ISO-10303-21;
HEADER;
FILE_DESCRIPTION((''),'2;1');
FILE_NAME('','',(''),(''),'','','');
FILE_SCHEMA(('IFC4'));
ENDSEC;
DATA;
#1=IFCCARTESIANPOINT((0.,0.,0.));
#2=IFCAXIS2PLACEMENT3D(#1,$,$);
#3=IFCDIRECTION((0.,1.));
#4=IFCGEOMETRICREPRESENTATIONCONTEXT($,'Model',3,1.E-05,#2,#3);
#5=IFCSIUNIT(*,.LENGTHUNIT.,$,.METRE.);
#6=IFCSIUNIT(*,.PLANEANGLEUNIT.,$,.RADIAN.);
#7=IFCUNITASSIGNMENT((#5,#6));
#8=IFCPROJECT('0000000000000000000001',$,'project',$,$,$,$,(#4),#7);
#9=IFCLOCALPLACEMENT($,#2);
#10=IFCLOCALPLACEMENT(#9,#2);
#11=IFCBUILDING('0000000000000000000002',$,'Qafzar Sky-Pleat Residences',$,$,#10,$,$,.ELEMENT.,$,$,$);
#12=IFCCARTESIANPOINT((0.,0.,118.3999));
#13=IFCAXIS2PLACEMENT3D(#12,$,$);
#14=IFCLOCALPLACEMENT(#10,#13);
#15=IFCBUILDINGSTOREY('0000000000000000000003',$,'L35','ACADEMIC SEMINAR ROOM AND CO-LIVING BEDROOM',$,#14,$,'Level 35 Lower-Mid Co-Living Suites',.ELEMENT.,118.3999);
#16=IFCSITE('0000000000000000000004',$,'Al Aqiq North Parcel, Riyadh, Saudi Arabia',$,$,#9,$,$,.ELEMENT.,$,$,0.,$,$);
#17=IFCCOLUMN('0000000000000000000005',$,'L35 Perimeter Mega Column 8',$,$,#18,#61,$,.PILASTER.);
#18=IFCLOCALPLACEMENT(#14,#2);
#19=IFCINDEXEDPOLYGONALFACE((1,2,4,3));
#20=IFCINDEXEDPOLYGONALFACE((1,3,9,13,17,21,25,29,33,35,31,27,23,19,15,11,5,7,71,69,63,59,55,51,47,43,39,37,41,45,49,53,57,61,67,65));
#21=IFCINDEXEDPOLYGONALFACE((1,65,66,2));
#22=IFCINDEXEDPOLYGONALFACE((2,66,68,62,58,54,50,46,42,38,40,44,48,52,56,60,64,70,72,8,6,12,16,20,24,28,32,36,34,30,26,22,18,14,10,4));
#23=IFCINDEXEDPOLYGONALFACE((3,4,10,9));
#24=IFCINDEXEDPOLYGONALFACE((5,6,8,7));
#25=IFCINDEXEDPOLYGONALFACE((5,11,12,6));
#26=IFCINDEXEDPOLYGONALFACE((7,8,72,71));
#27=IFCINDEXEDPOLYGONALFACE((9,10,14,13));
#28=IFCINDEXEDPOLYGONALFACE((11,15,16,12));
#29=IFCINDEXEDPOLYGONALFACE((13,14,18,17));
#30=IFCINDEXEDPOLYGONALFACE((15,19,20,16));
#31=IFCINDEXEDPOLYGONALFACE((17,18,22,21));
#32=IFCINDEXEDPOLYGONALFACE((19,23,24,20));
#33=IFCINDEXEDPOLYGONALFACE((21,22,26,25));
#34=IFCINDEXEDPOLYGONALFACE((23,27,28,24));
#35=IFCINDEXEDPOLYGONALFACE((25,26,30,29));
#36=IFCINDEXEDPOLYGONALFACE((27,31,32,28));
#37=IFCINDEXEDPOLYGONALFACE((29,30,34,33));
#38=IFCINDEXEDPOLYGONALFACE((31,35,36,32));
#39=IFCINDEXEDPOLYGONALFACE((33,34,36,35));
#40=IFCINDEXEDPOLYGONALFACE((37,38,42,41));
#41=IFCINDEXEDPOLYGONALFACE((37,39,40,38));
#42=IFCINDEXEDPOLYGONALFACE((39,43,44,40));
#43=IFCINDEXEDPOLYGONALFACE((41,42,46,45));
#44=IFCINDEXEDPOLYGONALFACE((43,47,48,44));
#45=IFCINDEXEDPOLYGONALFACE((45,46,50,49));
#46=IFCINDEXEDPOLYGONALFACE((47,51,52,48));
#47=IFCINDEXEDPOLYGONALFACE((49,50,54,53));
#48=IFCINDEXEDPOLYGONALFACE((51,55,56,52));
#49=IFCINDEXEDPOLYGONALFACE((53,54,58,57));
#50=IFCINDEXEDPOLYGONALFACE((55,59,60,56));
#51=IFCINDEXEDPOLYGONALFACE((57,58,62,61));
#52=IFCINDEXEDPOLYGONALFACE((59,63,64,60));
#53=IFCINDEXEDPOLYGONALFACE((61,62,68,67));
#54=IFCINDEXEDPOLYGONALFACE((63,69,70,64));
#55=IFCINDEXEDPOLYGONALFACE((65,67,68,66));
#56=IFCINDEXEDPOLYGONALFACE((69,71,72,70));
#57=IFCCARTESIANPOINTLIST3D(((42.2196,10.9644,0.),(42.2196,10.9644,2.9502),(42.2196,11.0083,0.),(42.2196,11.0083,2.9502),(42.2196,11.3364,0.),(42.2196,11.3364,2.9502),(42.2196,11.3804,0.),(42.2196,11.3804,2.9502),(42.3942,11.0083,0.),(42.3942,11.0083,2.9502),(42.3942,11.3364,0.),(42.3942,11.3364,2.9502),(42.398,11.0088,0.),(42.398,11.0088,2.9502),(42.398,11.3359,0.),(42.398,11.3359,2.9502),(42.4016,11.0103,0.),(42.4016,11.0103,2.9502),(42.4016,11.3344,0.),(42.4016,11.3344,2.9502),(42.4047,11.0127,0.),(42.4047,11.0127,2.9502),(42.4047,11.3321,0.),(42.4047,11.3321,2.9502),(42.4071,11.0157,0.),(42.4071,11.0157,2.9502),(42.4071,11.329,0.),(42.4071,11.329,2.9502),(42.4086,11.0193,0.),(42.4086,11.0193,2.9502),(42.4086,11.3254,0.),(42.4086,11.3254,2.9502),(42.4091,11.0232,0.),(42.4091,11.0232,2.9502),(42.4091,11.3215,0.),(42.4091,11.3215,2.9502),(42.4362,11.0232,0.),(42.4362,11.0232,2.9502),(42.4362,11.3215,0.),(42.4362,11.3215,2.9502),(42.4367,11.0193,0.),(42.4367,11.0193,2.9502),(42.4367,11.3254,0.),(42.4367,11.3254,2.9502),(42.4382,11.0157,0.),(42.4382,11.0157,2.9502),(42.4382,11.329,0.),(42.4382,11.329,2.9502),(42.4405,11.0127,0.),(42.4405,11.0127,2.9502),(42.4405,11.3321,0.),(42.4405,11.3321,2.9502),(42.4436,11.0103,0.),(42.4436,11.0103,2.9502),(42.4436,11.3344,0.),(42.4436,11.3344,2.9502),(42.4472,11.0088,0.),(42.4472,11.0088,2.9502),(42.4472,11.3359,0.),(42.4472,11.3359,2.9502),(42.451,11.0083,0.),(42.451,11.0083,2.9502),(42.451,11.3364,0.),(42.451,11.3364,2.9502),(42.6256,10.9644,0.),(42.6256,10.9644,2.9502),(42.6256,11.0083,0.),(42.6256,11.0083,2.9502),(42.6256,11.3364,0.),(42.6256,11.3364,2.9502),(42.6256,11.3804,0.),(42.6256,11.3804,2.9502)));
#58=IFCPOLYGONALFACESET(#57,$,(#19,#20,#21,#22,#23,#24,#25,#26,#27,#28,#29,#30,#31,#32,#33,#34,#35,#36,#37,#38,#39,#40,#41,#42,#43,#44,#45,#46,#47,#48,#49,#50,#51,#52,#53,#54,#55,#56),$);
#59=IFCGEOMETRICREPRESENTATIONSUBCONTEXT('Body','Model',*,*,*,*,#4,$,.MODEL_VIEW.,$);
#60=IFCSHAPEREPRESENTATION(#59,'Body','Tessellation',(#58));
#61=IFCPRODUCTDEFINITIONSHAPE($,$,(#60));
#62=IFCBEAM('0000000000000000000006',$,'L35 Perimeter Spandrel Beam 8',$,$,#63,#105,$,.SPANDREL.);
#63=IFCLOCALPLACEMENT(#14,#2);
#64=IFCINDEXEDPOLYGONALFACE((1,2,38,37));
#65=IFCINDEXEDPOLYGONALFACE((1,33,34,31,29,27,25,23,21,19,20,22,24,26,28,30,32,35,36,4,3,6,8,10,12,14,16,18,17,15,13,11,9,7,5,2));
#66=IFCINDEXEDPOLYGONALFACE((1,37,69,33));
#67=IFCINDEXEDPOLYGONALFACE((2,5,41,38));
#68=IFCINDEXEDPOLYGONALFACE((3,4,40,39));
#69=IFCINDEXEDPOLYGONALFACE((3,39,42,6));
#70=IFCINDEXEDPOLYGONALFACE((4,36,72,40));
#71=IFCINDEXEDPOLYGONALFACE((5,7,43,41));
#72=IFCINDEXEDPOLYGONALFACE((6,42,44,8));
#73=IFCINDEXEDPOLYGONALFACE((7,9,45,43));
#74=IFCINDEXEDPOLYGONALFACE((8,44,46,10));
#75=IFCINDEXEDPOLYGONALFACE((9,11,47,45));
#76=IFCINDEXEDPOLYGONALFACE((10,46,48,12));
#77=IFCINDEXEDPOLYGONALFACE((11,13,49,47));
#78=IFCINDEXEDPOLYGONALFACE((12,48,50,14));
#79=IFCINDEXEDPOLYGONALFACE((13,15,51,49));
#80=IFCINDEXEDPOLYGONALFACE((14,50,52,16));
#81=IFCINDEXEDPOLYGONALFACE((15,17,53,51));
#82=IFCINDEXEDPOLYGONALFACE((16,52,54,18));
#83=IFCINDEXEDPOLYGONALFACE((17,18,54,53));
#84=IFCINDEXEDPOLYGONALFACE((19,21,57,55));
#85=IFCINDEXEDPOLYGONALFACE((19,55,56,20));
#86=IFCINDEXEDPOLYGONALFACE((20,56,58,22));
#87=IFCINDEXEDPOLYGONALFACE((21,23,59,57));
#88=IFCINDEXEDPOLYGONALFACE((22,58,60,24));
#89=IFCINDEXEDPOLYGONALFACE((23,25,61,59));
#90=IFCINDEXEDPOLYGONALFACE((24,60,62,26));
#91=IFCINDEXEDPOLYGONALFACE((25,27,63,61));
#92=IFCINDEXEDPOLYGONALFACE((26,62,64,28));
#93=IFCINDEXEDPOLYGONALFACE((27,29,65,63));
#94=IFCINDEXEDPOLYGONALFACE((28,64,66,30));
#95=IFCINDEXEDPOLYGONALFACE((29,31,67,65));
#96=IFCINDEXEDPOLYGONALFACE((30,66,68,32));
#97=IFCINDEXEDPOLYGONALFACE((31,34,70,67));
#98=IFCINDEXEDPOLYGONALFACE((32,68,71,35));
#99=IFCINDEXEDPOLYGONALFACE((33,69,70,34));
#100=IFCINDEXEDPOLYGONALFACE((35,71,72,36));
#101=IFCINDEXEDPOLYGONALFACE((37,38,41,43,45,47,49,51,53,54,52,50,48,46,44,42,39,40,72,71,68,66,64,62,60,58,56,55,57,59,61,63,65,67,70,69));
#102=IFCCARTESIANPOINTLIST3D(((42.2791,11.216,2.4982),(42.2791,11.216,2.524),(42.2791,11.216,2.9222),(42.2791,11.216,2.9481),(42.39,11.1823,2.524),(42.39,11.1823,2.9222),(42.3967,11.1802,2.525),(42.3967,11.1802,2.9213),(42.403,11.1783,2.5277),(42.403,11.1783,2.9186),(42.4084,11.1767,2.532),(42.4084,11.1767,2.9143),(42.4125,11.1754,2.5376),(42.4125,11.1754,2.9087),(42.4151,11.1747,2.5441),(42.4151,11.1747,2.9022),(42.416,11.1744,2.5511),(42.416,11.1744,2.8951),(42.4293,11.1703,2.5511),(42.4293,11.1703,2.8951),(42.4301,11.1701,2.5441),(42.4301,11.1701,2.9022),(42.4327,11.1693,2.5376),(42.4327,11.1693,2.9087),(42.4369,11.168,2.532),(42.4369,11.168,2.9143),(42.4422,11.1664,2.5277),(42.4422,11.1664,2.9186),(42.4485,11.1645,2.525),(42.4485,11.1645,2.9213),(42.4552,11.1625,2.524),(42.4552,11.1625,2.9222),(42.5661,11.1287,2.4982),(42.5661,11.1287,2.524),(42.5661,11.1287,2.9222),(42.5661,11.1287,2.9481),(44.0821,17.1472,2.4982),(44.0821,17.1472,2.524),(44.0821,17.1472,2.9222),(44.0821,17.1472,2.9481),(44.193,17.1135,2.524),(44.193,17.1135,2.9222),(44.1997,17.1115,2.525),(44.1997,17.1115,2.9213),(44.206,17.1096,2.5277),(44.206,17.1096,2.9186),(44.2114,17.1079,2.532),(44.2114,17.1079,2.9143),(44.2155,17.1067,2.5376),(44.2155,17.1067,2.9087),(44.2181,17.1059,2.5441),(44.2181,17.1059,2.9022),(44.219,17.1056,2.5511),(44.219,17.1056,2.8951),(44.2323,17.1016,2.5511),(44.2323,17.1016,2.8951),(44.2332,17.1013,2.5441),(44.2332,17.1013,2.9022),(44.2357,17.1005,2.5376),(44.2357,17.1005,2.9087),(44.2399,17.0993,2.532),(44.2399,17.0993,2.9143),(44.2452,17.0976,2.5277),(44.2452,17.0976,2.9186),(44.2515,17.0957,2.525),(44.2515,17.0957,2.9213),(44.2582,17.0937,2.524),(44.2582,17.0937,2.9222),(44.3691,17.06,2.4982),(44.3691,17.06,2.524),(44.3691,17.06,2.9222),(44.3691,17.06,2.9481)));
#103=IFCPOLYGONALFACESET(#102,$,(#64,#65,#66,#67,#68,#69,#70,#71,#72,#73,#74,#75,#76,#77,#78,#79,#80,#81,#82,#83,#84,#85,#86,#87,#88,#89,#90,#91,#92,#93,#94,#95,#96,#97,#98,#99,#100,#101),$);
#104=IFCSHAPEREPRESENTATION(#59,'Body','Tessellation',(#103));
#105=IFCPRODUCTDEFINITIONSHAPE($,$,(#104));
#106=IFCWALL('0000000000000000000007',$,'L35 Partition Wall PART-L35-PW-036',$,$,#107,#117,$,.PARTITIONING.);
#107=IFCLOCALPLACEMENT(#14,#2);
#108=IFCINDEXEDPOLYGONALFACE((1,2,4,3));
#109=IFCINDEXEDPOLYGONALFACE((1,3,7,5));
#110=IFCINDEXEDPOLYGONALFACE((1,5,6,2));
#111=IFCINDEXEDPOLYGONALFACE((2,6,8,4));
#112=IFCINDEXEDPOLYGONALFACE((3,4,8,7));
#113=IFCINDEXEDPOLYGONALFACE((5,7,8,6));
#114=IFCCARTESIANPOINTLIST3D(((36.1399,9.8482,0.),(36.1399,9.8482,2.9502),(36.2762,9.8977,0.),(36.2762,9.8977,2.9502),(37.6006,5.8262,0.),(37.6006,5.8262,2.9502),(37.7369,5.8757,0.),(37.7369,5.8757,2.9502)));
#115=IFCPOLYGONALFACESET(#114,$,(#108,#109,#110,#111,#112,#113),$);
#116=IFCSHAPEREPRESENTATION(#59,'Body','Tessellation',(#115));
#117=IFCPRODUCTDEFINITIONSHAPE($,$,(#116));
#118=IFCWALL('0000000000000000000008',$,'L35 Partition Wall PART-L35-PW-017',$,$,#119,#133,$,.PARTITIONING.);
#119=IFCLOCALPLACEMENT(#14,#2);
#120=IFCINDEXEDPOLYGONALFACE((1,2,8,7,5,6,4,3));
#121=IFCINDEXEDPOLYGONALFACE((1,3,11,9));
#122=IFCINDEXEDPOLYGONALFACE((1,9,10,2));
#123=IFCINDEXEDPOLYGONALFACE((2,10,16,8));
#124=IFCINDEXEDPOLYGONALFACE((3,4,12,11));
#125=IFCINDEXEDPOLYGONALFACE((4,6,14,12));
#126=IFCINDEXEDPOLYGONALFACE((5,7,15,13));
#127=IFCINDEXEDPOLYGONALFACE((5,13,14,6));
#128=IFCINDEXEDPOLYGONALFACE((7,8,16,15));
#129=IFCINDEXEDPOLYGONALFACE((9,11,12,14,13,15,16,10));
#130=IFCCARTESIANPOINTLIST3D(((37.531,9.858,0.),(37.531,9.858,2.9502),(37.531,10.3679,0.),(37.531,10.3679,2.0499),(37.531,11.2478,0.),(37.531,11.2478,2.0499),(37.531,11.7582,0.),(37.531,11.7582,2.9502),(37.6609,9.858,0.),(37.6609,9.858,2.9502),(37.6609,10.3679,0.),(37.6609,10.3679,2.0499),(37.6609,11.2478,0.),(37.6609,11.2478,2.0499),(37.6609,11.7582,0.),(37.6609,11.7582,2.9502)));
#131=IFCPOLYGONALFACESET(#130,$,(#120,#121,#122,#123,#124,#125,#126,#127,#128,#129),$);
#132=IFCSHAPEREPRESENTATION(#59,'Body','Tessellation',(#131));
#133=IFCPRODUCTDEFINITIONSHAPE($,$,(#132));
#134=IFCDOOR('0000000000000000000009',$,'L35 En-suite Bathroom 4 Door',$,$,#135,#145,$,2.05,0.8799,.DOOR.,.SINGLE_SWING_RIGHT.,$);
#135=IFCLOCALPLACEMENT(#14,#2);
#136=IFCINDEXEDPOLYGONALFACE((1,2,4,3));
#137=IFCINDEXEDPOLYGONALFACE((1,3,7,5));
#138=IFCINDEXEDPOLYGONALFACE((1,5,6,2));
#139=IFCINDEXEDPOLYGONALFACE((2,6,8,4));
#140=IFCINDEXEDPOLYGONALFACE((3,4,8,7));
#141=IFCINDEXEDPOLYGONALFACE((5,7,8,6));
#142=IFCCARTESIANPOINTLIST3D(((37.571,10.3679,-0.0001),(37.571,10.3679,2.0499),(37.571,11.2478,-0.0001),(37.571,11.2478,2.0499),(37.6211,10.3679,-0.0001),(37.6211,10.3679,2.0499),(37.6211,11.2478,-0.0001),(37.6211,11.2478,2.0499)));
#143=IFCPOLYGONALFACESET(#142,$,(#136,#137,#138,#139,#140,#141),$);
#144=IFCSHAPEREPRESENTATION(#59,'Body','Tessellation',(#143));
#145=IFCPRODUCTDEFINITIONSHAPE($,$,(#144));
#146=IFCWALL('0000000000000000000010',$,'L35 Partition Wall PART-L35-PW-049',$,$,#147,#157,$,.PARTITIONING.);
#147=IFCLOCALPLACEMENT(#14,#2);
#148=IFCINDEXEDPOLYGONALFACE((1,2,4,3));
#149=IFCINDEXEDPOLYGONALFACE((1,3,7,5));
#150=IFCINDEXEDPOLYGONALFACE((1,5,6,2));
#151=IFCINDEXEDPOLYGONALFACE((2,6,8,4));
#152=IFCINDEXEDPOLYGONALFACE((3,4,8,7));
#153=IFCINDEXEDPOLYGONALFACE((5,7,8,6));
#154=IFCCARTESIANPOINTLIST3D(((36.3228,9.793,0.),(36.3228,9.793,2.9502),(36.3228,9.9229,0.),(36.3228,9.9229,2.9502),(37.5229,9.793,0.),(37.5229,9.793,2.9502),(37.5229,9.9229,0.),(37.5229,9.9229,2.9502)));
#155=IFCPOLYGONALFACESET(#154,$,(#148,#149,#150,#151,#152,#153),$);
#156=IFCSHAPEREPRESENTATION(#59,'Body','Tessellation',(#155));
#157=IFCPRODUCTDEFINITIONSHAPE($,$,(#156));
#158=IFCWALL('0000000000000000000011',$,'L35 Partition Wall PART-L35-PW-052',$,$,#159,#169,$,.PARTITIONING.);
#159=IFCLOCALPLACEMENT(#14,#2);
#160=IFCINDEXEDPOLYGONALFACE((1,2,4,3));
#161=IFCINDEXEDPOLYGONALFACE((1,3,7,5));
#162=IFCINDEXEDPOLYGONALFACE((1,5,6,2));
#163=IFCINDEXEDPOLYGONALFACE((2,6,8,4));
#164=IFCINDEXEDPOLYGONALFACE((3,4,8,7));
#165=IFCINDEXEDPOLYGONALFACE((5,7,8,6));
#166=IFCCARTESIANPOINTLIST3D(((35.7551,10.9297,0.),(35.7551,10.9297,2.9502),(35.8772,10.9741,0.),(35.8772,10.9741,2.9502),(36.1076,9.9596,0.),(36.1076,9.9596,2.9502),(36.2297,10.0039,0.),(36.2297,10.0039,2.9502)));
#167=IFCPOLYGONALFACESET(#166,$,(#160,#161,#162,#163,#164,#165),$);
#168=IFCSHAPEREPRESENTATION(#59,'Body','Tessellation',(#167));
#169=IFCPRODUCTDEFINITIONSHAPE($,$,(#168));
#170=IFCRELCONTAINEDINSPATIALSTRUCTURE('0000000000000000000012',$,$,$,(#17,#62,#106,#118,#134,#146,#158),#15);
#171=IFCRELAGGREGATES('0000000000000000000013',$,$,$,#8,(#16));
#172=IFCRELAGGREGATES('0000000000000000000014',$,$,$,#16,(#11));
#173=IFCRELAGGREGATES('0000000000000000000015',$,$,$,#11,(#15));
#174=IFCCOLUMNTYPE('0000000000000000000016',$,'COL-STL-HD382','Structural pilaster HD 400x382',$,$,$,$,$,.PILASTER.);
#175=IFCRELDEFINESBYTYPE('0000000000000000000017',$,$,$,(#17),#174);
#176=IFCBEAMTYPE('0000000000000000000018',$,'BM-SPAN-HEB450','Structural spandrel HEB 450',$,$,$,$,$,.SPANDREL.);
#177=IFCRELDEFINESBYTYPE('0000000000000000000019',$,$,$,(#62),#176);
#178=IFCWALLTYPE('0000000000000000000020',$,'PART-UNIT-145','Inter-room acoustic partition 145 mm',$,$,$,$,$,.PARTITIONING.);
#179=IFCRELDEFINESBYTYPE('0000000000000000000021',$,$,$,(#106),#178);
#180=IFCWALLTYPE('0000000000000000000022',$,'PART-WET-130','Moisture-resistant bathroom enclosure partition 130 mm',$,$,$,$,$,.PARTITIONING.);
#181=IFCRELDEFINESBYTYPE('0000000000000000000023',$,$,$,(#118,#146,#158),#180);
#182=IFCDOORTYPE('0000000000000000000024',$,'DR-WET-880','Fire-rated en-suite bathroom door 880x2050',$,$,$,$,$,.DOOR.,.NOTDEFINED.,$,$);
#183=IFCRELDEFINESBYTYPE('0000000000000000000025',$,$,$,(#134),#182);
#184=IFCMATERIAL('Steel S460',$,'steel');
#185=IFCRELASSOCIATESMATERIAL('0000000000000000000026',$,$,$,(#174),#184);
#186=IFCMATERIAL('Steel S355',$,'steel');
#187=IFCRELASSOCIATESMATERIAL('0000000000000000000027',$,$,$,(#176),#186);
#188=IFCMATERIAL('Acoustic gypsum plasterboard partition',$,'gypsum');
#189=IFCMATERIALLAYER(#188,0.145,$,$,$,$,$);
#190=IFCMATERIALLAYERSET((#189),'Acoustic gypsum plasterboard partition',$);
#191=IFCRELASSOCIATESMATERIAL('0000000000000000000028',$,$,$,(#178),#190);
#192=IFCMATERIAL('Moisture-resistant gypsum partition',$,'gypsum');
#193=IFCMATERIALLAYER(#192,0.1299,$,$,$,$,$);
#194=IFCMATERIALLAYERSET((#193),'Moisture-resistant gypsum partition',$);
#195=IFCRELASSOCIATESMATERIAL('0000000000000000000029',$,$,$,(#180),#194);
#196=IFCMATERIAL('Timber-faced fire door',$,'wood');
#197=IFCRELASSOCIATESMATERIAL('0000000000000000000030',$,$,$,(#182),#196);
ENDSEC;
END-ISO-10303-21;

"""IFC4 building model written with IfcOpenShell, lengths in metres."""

from ifc_helpers import new_model, si_unit, direction, frame, frame_2d, origin, origin_2d, place, context, subcontext, project, spatial, rectangle, i_section, extrude, source, transform, mapped, material, layer, layer_set, material_profile, profile_set, type_object, element, fill, save


model = new_model("IFC4")

# Units and contexts
model_context = context("Model", 3, precision=1e-05, world=origin(), true_north=direction((0.0, 1.0)))
body_context = subcontext(model_context, "Body", "Model", "MODEL_VIEW")
ifc_project = project(units=[si_unit("LENGTHUNIT", "METRE"), si_unit("PLANEANGLEUNIT", "RADIAN")], contexts=[model_context])

# Site, building, storey
site_placement = place(None, origin())
site = spatial("IfcSite", under=ifc_project, at=site_placement, Name="Al Aqiq North Parcel, Riyadh, Saudi Arabia", CompositionType="ELEMENT", RefElevation=0.0)
building_placement = place(site_placement, origin())
building = spatial("IfcBuilding", under=site, at=building_placement, Name="Qafzar Sky-Pleat Residences", CompositionType="ELEMENT")
storey_placement = place(building_placement, frame((0.0, 0.0, 118.3999)))
storey = spatial("IfcBuildingStorey", under=building, at=storey_placement, Name="L35", Description="ACADEMIC SEMINAR ROOM AND CO-LIVING BEDROOM", LongName="Level 35 Lower-Mid Co-Living Suites", CompositionType="ELEMENT", Elevation=118.3999)

# Column
ifc_material_1 = material(Name="Steel S460", Category="steel")
ifc_material_profile_1 = material_profile(ifc_material_1, i_section(OverallWidth=0.406, OverallDepth=0.416, WebThickness=0.0271, FlangeThickness=0.0439, FilletRadius=0.0149, at=origin_2d()), Name="HD 400x382")
ifc_profile_set_1 = profile_set([ifc_material_profile_1], Name="Steel S460")
column_type = type_object("IfcColumnType", Name="COL-STL-HD382", Description="Structural pilaster HD 400x382", PredefinedType="PILASTER", material=ifc_profile_set_1)
shared_shape_1 = source(origin(), body_context, "Body", "SweptSolid", [
    extrude(i_section(OverallWidth=0.406, OverallDepth=0.416, WebThickness=0.0271, FlangeThickness=0.0439, FilletRadius=0.0149, at=origin_2d()), origin(), (0.0, 0.0, 1.0), 2.9502),
])
column_placement = place(storey_placement, frame((42.4226, 11.1724, 0.0), z_axis=(0.0, 0.0, 1.0), x_axis=(1.0, 0.0, 0.0)))
element("IfcColumn", 1, at=column_placement, inside=storey, type_object=column_type, Name="L35 Perimeter Mega Column 8", PredefinedType="PILASTER", context=body_context, shape_type="MappedRepresentation", body=[
    mapped(shared_shape_1, transform((0.0, 0.0, 0.0), x_axis=(1.0, 0.0, 0.0), y_axis=(0.0, 1.0, 0.0), z_axis=(0.0, 0.0, 1.0), scale=1.0)),
])

# Beam
ifc_material_2 = material(Name="Steel S355", Category="steel")
ifc_material_profile_2 = material_profile(ifc_material_2, i_section(OverallWidth=0.3, OverallDepth=0.45, WebThickness=0.0139, FlangeThickness=0.0259, FilletRadius=0.0271, at=origin_2d()), Name="HEB 450")
ifc_profile_set_2 = profile_set([ifc_material_profile_2], Name="Steel S355")
beam_type = type_object("IfcBeamType", Name="BM-SPAN-HEB450", Description="Structural spandrel HEB 450", PredefinedType="SPANDREL", material=ifc_profile_set_2)
shared_shape_2 = source(origin(), body_context, "Body", "SweptSolid", [
    extrude(i_section(OverallWidth=0.3, OverallDepth=0.45, WebThickness=0.0139, FlangeThickness=0.0259, FilletRadius=0.0271, at=origin_2d()), origin(), (0.0, 0.0, 1.0), 6.1992),
])
beam_placement = place(storey_placement, frame((42.4226, 11.1724, 2.7231), z_axis=(0.290843, 0.956771, 0.0), x_axis=(-0.956771, 0.290843, 0.0)))
element("IfcBeam", 2, at=beam_placement, inside=storey, type_object=beam_type, Name="L35 Perimeter Spandrel Beam 8", PredefinedType="SPANDREL", context=body_context, shape_type="MappedRepresentation", body=[
    mapped(shared_shape_2, transform((0.0, 0.0, 0.0), x_axis=(1.0, 0.0, 0.0), y_axis=(0.0, 1.0, 0.0), z_axis=(0.0, 0.0, 1.0), scale=1.0)),
])

# Wall
ifc_material_3 = material(Name="Acoustic gypsum plasterboard partition", Category="gypsum")
ifc_layer_1 = layer(ifc_material_3, 0.145)
ifc_layer_set_1 = layer_set([ifc_layer_1], Name="Acoustic gypsum plasterboard partition")
wall_type_1 = type_object("IfcWallType", Name="PART-UNIT-145", Description="Inter-room acoustic partition 145 mm", PredefinedType="PARTITIONING", material=ifc_layer_set_1)
wall_1_placement = place(storey_placement, frame((36.208, 9.873, 0.0), z_axis=(0.0, 0.0, 1.0), x_axis=(0.341363, -0.939932, 0.0)))
element("IfcWall", 3, at=wall_1_placement, inside=storey, type_object=wall_type_1, Name="L35 Partition Wall PART-L35-PW-036", PredefinedType="PARTITIONING", context=body_context, shape_type="SweptSolid", body=[
    extrude(rectangle(XDim=4.2791, YDim=0.145, at=frame_2d((2.1396, 0.0))), origin(), (0.0, 0.0, 1.0), 2.9502),
])

# Wall, opening, door
ifc_material_4 = material(Name="Moisture-resistant gypsum partition", Category="gypsum")
ifc_layer_2 = layer(ifc_material_4, 0.1299)
ifc_layer_set_2 = layer_set([ifc_layer_2], Name="Moisture-resistant gypsum partition")
wall_type_2 = type_object("IfcWallType", Name="PART-WET-130", Description="Moisture-resistant bathroom enclosure partition 130 mm", PredefinedType="PARTITIONING", material=ifc_layer_set_2)
wall_2_placement = place(storey_placement, frame((37.5959, 9.8579, 0.0), z_axis=(0.0, 0.0, 1.0), x_axis=(0.0, 1.0, 0.0)))
wall_2 = element("IfcWall", 4, at=wall_2_placement, inside=storey, type_object=wall_type_2, Name="L35 Partition Wall PART-L35-PW-017", PredefinedType="PARTITIONING", context=body_context, shape_type="SweptSolid", body=[
    extrude(rectangle(XDim=1.9001, YDim=0.1299, at=frame_2d((0.9502, 0.0))), origin(), (0.0, 0.0, 1.0), 2.9502),
])
opening_1_placement = place(wall_2_placement, frame((0.51, 0.0, 0.0)))
opening_1 = element("IfcOpeningElement", 5, at=opening_1_placement, cuts=wall_2, PredefinedType="OPENING", context=body_context, shape_type="SweptSolid", body=[
    extrude(rectangle(XDim=0.8799, YDim=2.05, at=frame_2d((0.4399, 1.0249))), frame((0.0, 0.075, 0.0), z_axis=(0.0, -1.0, 0.0), x_axis=(1.0, 0.0, 0.0)), (0.0, 0.0, 1.0), 0.1499),
])
ifc_material_5 = material(Name="Timber-faced fire door", Category="wood")
door_type = type_object("IfcDoorType", Name="DR-WET-880", Description="Fire-rated en-suite bathroom door 880x2050", OperationType="NOTDEFINED", PredefinedType="DOOR", material=ifc_material_5)
shared_shape_3 = source(origin(), body_context, "Body", "SweptSolid", [
    extrude(rectangle(XDim=0.8799, YDim=2.05, at=frame_2d((0.4399, 1.0249))), frame((0.0, 0.0249, 0.0), z_axis=(0.0, -1.0, 0.0), x_axis=(1.0, 0.0, 0.0)), (0.0, 0.0, 1.0), 0.05),
])
door_placement = place(opening_1_placement, origin())
door = element("IfcDoor", 6, at=door_placement, inside=storey, type_object=door_type, Name="L35 En-suite Bathroom 4 Door", OperationType="SINGLE_SWING_RIGHT", OverallHeight=2.05, OverallWidth=0.8799, PredefinedType="DOOR", context=body_context, shape_type="MappedRepresentation", body=[
    mapped(shared_shape_3, transform((0.0, 0.0, 0.0), x_axis=(1.0, 0.0, 0.0), y_axis=(0.0, 1.0, 0.0), z_axis=(0.0, 0.0, 1.0), scale=1.0)),
])
fill(opening_1, door)

# Walls
wall_3_placement = place(storey_placement, frame((36.3228, 9.8579, 0.0), z_axis=(0.0, 0.0, 1.0), x_axis=(1.0, 0.0, 0.0)))
element("IfcWall", 7, at=wall_3_placement, inside=storey, type_object=wall_type_2, Name="L35 Partition Wall PART-L35-PW-049", PredefinedType="PARTITIONING", context=body_context, shape_type="SweptSolid", body=[
    extrude(rectangle(XDim=1.2002, YDim=0.1299, at=frame_2d((0.6001, 0.0))), origin(), (0.0, 0.0, 1.0), 2.9502),
])
wall_4_placement = place(storey_placement, frame((35.8162, 10.9519, 0.0), z_axis=(0.0, 0.0, 1.0), x_axis=(0.341515, -0.939876, 0.0)))
element("IfcWall", 8, at=wall_4_placement, inside=storey, type_object=wall_type_2, Name="L35 Partition Wall PART-L35-PW-052", PredefinedType="PARTITIONING", context=body_context, shape_type="SweptSolid", body=[
    extrude(rectangle(XDim=1.0322, YDim=0.1299, at=frame_2d((0.5161, 0.0))), origin(), (0.0, 0.0, 1.0), 2.9502),
])

save(model, "model.ifc")
